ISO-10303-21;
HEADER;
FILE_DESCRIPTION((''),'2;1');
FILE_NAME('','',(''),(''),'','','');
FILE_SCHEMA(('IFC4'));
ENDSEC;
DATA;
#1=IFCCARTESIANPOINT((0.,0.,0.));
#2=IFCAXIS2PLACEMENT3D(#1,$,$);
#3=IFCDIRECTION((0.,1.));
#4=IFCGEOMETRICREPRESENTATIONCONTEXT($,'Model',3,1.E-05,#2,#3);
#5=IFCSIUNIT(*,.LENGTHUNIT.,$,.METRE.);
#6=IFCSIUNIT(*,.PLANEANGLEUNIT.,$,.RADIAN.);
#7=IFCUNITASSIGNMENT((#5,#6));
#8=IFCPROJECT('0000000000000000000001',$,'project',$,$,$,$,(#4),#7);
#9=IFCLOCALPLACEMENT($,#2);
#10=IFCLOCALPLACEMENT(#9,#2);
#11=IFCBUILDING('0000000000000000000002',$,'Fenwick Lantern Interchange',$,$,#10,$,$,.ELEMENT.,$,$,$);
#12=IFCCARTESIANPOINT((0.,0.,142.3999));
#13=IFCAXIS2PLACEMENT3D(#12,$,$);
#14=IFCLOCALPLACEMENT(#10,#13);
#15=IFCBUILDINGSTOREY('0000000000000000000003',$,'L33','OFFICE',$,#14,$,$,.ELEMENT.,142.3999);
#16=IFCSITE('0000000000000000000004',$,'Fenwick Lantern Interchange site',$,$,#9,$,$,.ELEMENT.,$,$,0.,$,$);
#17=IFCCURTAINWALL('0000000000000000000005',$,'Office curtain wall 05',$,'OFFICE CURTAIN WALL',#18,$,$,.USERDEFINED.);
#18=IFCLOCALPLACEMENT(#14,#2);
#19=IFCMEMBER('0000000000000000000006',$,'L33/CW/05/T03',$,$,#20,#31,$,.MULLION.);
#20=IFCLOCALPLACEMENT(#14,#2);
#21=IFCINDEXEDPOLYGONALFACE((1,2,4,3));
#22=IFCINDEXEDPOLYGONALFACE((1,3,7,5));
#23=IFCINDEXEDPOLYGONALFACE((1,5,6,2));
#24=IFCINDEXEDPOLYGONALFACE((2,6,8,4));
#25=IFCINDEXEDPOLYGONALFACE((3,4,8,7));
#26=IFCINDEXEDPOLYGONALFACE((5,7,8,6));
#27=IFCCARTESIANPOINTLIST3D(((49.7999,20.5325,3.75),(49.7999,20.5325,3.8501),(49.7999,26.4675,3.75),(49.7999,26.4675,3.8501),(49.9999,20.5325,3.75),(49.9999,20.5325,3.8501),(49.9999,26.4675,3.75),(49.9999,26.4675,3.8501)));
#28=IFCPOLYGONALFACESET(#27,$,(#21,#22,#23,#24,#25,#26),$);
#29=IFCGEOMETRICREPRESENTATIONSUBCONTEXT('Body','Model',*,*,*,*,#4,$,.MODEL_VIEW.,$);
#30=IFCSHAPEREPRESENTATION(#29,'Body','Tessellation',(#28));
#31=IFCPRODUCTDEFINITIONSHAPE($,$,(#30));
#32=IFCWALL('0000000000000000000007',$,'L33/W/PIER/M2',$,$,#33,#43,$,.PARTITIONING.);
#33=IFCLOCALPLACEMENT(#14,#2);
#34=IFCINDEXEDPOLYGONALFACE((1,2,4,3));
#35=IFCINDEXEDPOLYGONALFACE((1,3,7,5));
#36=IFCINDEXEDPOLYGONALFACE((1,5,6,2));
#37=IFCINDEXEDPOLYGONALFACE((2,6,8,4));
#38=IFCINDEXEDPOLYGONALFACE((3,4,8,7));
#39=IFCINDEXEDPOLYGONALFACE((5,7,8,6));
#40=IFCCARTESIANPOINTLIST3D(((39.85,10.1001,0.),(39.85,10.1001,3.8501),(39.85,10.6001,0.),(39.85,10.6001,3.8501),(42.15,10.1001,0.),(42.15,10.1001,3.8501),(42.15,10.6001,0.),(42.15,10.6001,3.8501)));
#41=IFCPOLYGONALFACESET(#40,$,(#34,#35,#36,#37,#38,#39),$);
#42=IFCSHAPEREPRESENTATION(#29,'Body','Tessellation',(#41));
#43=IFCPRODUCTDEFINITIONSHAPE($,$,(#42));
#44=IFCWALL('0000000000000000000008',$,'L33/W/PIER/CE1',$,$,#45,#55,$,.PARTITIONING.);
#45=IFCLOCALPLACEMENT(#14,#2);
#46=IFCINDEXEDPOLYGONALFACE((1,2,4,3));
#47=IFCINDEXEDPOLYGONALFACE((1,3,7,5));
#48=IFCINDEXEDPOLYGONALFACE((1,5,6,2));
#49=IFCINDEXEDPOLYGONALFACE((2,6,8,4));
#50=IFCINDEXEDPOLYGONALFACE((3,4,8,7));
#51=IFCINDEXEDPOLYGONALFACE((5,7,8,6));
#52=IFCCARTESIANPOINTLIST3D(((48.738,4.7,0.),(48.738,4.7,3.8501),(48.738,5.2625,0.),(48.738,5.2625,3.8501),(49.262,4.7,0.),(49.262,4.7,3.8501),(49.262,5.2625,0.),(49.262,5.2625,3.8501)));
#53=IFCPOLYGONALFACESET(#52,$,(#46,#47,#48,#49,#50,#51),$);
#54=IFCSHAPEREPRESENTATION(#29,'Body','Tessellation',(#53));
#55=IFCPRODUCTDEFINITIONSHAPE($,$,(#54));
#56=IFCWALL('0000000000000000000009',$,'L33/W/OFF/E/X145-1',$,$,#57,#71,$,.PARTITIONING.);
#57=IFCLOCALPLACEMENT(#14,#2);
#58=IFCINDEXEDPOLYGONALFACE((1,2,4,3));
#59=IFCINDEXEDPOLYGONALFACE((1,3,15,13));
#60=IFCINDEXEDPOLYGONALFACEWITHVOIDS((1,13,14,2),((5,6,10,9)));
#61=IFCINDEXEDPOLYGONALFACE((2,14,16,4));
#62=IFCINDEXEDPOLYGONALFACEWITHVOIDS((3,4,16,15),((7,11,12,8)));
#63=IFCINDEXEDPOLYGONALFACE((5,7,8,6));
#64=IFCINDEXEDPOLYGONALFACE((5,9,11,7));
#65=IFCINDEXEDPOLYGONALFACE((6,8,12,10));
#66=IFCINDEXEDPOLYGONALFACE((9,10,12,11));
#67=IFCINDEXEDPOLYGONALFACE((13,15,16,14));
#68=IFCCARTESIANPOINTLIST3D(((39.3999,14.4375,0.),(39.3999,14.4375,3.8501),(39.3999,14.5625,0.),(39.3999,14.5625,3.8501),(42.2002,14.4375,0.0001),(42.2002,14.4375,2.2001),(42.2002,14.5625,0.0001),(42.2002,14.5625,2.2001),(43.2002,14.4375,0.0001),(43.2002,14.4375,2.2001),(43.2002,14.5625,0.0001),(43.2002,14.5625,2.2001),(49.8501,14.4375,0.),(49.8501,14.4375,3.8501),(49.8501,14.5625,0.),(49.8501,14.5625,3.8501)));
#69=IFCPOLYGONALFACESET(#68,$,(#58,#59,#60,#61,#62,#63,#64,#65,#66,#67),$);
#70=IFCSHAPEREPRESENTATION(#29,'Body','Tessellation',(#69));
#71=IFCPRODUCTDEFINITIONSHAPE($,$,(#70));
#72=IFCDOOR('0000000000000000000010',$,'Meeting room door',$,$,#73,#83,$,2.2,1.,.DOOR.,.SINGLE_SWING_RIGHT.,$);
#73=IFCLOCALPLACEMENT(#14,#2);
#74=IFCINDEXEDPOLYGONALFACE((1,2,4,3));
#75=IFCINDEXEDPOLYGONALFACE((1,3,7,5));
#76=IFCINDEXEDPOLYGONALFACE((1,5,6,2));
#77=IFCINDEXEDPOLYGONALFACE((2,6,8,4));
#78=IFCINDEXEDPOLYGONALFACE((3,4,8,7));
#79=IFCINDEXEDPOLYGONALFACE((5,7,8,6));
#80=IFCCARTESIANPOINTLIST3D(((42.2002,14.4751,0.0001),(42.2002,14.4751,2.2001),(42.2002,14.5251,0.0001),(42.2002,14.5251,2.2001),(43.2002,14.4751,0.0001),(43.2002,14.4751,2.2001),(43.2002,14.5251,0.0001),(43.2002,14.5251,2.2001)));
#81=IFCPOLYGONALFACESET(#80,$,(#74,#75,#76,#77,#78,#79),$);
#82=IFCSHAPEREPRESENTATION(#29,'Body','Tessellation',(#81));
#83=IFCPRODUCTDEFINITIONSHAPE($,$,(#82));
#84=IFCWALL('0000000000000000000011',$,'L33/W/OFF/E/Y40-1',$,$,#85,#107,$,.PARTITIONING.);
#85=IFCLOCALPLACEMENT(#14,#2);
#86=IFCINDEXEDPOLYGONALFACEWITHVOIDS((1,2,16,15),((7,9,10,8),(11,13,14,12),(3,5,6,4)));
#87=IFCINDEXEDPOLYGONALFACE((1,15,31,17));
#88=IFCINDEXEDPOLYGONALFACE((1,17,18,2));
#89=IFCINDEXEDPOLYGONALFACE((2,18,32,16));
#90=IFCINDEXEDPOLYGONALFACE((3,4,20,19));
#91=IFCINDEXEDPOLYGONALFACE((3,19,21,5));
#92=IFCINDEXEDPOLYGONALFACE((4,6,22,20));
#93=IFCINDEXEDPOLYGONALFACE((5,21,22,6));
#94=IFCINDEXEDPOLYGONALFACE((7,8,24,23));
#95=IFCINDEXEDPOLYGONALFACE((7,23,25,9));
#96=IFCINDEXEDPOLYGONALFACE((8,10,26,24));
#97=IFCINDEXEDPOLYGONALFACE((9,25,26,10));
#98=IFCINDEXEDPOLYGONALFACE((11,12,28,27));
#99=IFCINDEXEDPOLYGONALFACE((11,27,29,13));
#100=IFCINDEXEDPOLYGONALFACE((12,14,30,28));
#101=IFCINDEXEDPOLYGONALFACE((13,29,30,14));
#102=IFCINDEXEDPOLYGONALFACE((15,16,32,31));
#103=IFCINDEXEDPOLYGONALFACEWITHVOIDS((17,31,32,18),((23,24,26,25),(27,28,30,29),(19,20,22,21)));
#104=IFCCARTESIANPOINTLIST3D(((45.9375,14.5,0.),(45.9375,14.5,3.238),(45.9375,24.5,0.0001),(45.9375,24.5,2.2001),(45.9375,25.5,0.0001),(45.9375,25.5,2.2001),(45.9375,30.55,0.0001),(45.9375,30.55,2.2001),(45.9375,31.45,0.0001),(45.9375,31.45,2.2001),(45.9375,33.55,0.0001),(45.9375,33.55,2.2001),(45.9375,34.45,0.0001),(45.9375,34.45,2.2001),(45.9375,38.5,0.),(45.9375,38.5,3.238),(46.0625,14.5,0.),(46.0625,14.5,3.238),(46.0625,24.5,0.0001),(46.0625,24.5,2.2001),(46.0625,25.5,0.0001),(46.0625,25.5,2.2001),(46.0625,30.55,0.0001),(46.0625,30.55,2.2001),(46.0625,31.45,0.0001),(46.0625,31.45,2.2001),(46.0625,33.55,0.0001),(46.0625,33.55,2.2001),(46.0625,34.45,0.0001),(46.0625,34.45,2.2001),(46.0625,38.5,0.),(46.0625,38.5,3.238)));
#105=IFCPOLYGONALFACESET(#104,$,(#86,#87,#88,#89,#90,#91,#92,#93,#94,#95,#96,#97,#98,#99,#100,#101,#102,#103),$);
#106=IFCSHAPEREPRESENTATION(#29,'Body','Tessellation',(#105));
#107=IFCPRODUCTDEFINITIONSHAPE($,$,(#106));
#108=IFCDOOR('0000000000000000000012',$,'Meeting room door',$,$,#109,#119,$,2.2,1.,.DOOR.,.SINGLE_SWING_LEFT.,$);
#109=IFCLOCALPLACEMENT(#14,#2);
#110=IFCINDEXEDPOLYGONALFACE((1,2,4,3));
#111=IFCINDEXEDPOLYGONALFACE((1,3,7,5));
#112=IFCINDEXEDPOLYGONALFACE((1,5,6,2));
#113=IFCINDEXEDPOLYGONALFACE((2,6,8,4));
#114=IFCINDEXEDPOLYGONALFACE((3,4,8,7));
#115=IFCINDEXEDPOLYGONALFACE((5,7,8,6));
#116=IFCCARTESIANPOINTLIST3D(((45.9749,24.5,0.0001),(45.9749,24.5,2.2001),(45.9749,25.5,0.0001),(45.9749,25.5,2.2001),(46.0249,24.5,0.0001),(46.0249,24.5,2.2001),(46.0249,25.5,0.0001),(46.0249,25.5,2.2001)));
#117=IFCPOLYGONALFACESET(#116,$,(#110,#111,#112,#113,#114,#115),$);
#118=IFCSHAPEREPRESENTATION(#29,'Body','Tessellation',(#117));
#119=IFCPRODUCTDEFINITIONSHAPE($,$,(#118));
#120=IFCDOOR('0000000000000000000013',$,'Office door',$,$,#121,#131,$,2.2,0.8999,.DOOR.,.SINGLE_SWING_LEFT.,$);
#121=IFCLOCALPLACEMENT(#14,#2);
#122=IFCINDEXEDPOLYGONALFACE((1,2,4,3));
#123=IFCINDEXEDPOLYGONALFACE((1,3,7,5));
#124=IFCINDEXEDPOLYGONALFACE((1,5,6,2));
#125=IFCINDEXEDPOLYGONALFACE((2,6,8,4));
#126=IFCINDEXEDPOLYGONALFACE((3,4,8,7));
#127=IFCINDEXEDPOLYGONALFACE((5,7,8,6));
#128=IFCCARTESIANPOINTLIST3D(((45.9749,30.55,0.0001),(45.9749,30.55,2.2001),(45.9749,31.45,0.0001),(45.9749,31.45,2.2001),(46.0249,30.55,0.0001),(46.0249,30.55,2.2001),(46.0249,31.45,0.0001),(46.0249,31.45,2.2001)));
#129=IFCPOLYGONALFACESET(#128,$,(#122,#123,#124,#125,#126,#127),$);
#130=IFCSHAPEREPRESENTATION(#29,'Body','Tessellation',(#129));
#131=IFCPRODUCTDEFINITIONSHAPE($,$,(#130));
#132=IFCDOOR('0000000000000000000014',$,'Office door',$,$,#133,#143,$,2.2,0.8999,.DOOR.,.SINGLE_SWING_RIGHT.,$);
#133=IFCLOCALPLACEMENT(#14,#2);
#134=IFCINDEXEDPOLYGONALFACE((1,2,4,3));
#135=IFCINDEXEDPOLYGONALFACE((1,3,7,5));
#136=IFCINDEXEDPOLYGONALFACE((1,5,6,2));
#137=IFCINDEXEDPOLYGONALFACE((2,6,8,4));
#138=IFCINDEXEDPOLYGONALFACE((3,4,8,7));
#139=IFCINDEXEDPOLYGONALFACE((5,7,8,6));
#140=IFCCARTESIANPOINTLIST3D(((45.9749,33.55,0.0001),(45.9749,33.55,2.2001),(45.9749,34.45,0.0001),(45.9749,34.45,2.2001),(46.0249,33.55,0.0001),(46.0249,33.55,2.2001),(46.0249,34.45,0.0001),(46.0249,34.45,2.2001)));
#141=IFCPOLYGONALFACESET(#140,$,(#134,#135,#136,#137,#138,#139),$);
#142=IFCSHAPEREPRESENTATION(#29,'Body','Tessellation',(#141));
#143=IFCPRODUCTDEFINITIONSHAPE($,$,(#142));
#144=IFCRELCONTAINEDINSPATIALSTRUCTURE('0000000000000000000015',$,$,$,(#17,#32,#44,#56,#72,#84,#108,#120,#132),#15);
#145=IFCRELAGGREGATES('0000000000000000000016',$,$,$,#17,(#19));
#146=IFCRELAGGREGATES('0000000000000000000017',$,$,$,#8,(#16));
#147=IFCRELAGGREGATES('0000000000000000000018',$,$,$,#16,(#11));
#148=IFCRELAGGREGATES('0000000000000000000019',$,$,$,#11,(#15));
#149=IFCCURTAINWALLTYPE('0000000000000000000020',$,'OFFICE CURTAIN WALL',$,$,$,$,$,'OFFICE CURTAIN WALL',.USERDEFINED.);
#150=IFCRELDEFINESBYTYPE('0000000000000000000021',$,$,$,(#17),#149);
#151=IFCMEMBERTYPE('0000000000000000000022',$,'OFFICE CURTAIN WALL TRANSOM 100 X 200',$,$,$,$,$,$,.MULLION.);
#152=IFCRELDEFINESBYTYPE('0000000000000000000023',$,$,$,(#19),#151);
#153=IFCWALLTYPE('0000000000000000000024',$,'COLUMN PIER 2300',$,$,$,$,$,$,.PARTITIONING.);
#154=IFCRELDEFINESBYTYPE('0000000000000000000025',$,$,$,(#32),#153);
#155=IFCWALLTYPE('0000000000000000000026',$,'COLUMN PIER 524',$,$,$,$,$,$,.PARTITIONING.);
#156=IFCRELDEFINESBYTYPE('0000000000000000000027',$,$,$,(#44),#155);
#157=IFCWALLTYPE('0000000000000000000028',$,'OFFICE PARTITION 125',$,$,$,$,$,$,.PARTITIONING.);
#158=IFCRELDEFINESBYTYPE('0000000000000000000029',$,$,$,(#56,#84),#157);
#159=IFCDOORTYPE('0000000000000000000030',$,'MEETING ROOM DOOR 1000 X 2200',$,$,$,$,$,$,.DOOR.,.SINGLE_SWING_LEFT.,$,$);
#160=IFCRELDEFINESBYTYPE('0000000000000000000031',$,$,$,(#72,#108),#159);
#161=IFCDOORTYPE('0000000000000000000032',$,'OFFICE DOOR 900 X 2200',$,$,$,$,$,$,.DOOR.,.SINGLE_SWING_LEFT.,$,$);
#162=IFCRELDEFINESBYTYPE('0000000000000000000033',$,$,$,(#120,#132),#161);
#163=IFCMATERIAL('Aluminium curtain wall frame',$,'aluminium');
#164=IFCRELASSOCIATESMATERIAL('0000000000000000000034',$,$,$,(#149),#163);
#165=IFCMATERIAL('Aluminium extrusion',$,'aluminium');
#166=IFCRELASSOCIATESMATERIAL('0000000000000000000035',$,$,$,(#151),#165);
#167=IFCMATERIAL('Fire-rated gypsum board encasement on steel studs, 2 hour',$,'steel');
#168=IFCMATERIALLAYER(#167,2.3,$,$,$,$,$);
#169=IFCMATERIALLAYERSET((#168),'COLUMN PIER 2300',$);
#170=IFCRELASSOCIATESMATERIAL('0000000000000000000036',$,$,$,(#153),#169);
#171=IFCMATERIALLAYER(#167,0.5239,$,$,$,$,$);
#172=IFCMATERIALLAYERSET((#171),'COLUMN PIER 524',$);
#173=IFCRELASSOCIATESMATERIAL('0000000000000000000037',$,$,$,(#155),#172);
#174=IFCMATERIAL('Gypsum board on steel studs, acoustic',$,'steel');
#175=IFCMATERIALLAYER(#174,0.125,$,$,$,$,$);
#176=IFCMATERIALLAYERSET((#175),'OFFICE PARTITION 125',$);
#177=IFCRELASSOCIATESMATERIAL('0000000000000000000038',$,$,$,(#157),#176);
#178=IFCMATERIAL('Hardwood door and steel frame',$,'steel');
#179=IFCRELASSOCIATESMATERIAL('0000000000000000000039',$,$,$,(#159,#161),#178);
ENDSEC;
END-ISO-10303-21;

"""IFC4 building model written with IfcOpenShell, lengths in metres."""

from ifc_helpers import new_model, si_unit, direction, frame, frame_2d, origin, origin_2d, place, context, subcontext, project, spatial, rectangle, extrude, material, layer, layer_set, material_profile, profile_set, type_object, element, fill, aggregate, save


model = new_model("IFC4")

# Units and contexts
model_context = context("Model", 3, precision=1e-05, world=origin(), true_north=direction((0.0, 1.0)))
body_context = subcontext(model_context, "Body", "Model", "MODEL_VIEW")
ifc_project = project(units=[si_unit("LENGTHUNIT", "METRE"), si_unit("PLANEANGLEUNIT", "RADIAN")], contexts=[model_context])

# Site, building, storey
site_placement = place(None, origin())
site = spatial("IfcSite", under=ifc_project, at=site_placement, Name="Fenwick Lantern Interchange site", CompositionType="ELEMENT", RefElevation=0.0)
building_placement = place(site_placement, origin())
building = spatial("IfcBuilding", under=site, at=building_placement, Name="Fenwick Lantern Interchange", CompositionType="ELEMENT")
storey_placement = place(building_placement, frame((0.0, 0.0, 142.3999)))
storey = spatial("IfcBuildingStorey", under=building, at=storey_placement, Name="L33", Description="OFFICE", CompositionType="ELEMENT", Elevation=142.3999)

# Curtain wall, member
ifc_material_1 = material(Name="Aluminium curtain wall frame", Category="aluminium")
curtain_wall_type = type_object("IfcCurtainWallType", Name="OFFICE CURTAIN WALL", ElementType="OFFICE CURTAIN WALL", PredefinedType="USERDEFINED", material=ifc_material_1)
curtain_wall_placement = place(storey_placement, origin())
curtain_wall = element("IfcCurtainWall", 1, at=curtain_wall_placement, inside=storey, type_object=curtain_wall_type, Name="Office curtain wall 05", ObjectType="OFFICE CURTAIN WALL", PredefinedType="USERDEFINED")
ifc_material_2 = material(Name="Aluminium extrusion", Category="aluminium")
ifc_material_profile_1 = material_profile(ifc_material_2, rectangle(XDim=0.2, YDim=0.1001, at=origin_2d()), Name="OFFICE CURTAIN WALL TRANSOM 100 X 200")
ifc_profile_set_1 = profile_set([ifc_material_profile_1], Name="Aluminium extrusion")
member_type_1 = type_object("IfcMemberType", Name="OFFICE CURTAIN WALL TRANSOM 100 X 200", PredefinedType="MULLION", material=ifc_profile_set_1)
member_1_placement = place(storey_placement, frame((49.8999, 20.5325, 3.8), z_axis=(0.0, 1.0, 0.0), x_axis=(-1.0, 0.0, 0.0)))
member_1 = element("IfcMember", 2, at=member_1_placement, type_object=member_type_1, Name="L33/CW/05/T03", PredefinedType="MULLION", context=body_context, shape_type="SweptSolid", body=[
    extrude(rectangle(XDim=0.2, YDim=0.1001, at=origin_2d()), origin(), (0.0, 0.0, 1.0), 5.9351),
])
aggregate(curtain_wall, [member_1])

# Walls
ifc_material_3 = material(Name="Fire-rated gypsum board encasement on steel studs, 2 hour", Category="steel")
ifc_layer_1 = layer(ifc_material_3, 2.3)
ifc_layer_set_1 = layer_set([ifc_layer_1], Name="COLUMN PIER 2300")
wall_type_1 = type_object("IfcWallType", Name="COLUMN PIER 2300", PredefinedType="PARTITIONING", material=ifc_layer_set_1)
wall_1_placement = place(storey_placement, frame((41.0, 10.6001, 0.0), z_axis=(0.0, 0.0, 1.0), x_axis=(0.0, -1.0, 0.0)))
element("IfcWall", 3, at=wall_1_placement, inside=storey, type_object=wall_type_1, Name="L33/W/PIER/M2", PredefinedType="PARTITIONING", context=body_context, shape_type="SweptSolid", body=[
    extrude(rectangle(XDim=0.5, YDim=2.3, at=frame_2d((0.25, 0.0))), origin(), (0.0, 0.0, 1.0), 3.8501),
])
ifc_layer_2 = layer(ifc_material_3, 0.5239)
ifc_layer_set_2 = layer_set([ifc_layer_2], Name="COLUMN PIER 524")
wall_type_2 = type_object("IfcWallType", Name="COLUMN PIER 524", PredefinedType="PARTITIONING", material=ifc_layer_set_2)
wall_2_placement = place(storey_placement, frame((49.0, 4.7, 0.0), z_axis=(0.0, 0.0, 1.0), x_axis=(0.0, 1.0, 0.0)))
element("IfcWall", 4, at=wall_2_placement, inside=storey, type_object=wall_type_2, Name="L33/W/PIER/CE1", PredefinedType="PARTITIONING", context=body_context, shape_type="SweptSolid", body=[
    extrude(rectangle(XDim=0.5625, YDim=0.5239, at=frame_2d((0.2812, 0.0))), origin(), (0.0, 0.0, 1.0), 3.8501),
])

# Wall, opening, door
ifc_material_4 = material(Name="Gypsum board on steel studs, acoustic", Category="steel")
ifc_layer_3 = layer(ifc_material_4, 0.125)
ifc_layer_set_3 = layer_set([ifc_layer_3], Name="OFFICE PARTITION 125")
wall_type_3 = type_object("IfcWallType", Name="OFFICE PARTITION 125", PredefinedType="PARTITIONING", material=ifc_layer_set_3)
wall_3_placement = place(storey_placement, frame((49.8501, 14.5, 0.0), z_axis=(0.0, 0.0, 1.0), x_axis=(-1.0, 0.0, 0.0)))
wall_3 = element("IfcWall", 5, at=wall_3_placement, inside=storey, type_object=wall_type_3, Name="L33/W/OFF/E/X145-1", PredefinedType="PARTITIONING", context=body_context, shape_type="SweptSolid", body=[
    extrude(rectangle(XDim=10.4502, YDim=0.125, at=frame_2d((5.2251, 0.0))), origin(), (0.0, 0.0, 1.0), 3.8501),
])
opening_1_placement = place(wall_3_placement, frame((6.6499, 0.0, 0.0)))
opening_1 = element("IfcOpeningElement", 6, at=opening_1_placement, cuts=wall_3, PredefinedType="OPENING", context=body_context, shape_type="SweptSolid", body=[
    extrude(rectangle(XDim=1.0, YDim=2.2, at=frame_2d((0.5, 1.1001))), frame((0.0, 0.0725, 0.0), z_axis=(0.0, -1.0, 0.0), x_axis=(1.0, 0.0, 0.0)), (0.0, 0.0, 1.0), 0.145),
])
ifc_material_5 = material(Name="Hardwood door and steel frame", Category="steel")
door_type_1 = type_object("IfcDoorType", Name="MEETING ROOM DOOR 1000 X 2200", OperationType="SINGLE_SWING_LEFT", PredefinedType="DOOR", material=ifc_material_5)
door_1_placement = place(opening_1_placement, origin())
door_1 = element("IfcDoor", 7, at=door_1_placement, inside=storey, type_object=door_type_1, Name="Meeting room door", OperationType="SINGLE_SWING_RIGHT", OverallHeight=2.2, OverallWidth=1.0, PredefinedType="DOOR", context=body_context, shape_type="SweptSolid", body=[
    extrude(rectangle(XDim=1.0, YDim=2.2, at=frame_2d((0.5, 1.1001))), frame((0.0, 0.0249, 0.0), z_axis=(0.0, -1.0, 0.0), x_axis=(1.0, 0.0, 0.0)), (0.0, 0.0, 1.0), 0.05),
])
fill(opening_1, door_1)

# Wall, openings, doors
wall_4_placement = place(storey_placement, frame((46.0, 14.5, 0.0), z_axis=(0.0, 0.0, 1.0), x_axis=(0.0, 1.0, 0.0)))
wall_4 = element("IfcWall", 8, at=wall_4_placement, inside=storey, type_object=wall_type_3, Name="L33/W/OFF/E/Y40-1", PredefinedType="PARTITIONING", context=body_context, shape_type="SweptSolid", body=[
    extrude(rectangle(XDim=24.0, YDim=0.125, at=frame_2d((12.0, 0.0))), origin(), (0.0, 0.0, 1.0), 3.238),
])
opening_2_placement = place(wall_4_placement, frame((10.0, 0.0, 0.0)))
opening_2 = element("IfcOpeningElement", 9, at=opening_2_placement, cuts=wall_4, PredefinedType="OPENING", context=body_context, shape_type="SweptSolid", body=[
    extrude(rectangle(XDim=1.0, YDim=2.2, at=frame_2d((0.5, 1.1001))), frame((0.0, 0.0725, 0.0), z_axis=(0.0, -1.0, 0.0), x_axis=(1.0, 0.0, 0.0)), (0.0, 0.0, 1.0), 0.145),
])
opening_3_placement = place(wall_4_placement, frame((16.05, 0.0, 0.0)))
opening_3 = element("IfcOpeningElement", 10, at=opening_3_placement, cuts=wall_4, PredefinedType="OPENING", context=body_context, shape_type="SweptSolid", body=[
    extrude(rectangle(XDim=0.8999, YDim=2.2, at=frame_2d((0.45, 1.1001))), frame((0.0, 0.0725, 0.0), z_axis=(0.0, -1.0, 0.0), x_axis=(1.0, 0.0, 0.0)), (0.0, 0.0, 1.0), 0.145),
])
opening_4_placement = place(wall_4_placement, frame((19.05, 0.0, 0.0)))
opening_4 = element("IfcOpeningElement", 11, at=opening_4_placement, cuts=wall_4, PredefinedType="OPENING", context=body_context, shape_type="SweptSolid", body=[
    extrude(rectangle(XDim=0.8999, YDim=2.2, at=frame_2d((0.45, 1.1001))), frame((0.0, 0.0725, 0.0), z_axis=(0.0, -1.0, 0.0), x_axis=(1.0, 0.0, 0.0)), (0.0, 0.0, 1.0), 0.145),
])
door_2_placement = place(opening_2_placement, frame((1.0, 0.0, 0.0), z_axis=(0.0, 0.0, 1.0), x_axis=(-1.0, 0.0, 0.0)))
door_2 = element("IfcDoor", 12, at=door_2_placement, inside=storey, type_object=door_type_1, Name="Meeting room door", OperationType="SINGLE_SWING_LEFT", OverallHeight=2.2, OverallWidth=1.0, PredefinedType="DOOR", context=body_context, shape_type="SweptSolid", body=[
    extrude(rectangle(XDim=1.0, YDim=2.2, at=frame_2d((0.5, 1.1001))), frame((0.0, 0.0249, 0.0), z_axis=(0.0, -1.0, 0.0), x_axis=(1.0, 0.0, 0.0)), (0.0, 0.0, 1.0), 0.05),
])
fill(opening_2, door_2)
door_type_2 = type_object("IfcDoorType", Name="OFFICE DOOR 900 X 2200", OperationType="SINGLE_SWING_LEFT", PredefinedType="DOOR", material=ifc_material_5)
door_3_placement = place(opening_3_placement, frame((0.8999, 0.0, 0.0), z_axis=(0.0, 0.0, 1.0), x_axis=(-1.0, 0.0, 0.0)))
door_3 = element("IfcDoor", 13, at=door_3_placement, inside=storey, type_object=door_type_2, Name="Office door", OperationType="SINGLE_SWING_LEFT", OverallHeight=2.2, OverallWidth=0.8999, PredefinedType="DOOR", context=body_context, shape_type="SweptSolid", body=[
    extrude(rectangle(XDim=0.8999, YDim=2.2, at=frame_2d((0.45, 1.1001))), frame((0.0, 0.0249, 0.0), z_axis=(0.0, -1.0, 0.0), x_axis=(1.0, 0.0, 0.0)), (0.0, 0.0, 1.0), 0.05),
])
fill(opening_3, door_3)
door_4_placement = place(opening_4_placement, frame((0.8999, 0.0, 0.0), z_axis=(0.0, 0.0, 1.0), x_axis=(-1.0, 0.0, 0.0)))
door_4 = element("IfcDoor", 14, at=door_4_placement, inside=storey, type_object=door_type_2, Name="Office door", OperationType="SINGLE_SWING_RIGHT", OverallHeight=2.2, OverallWidth=0.8999, PredefinedType="DOOR", context=body_context, shape_type="SweptSolid", body=[
    extrude(rectangle(XDim=0.8999, YDim=2.2, at=frame_2d((0.45, 1.1001))), frame((0.0, 0.0249, 0.0), z_axis=(0.0, -1.0, 0.0), x_axis=(1.0, 0.0, 0.0)), (0.0, 0.0, 1.0), 0.05),
])
fill(opening_4, door_4)

save(model, "model.ifc")
